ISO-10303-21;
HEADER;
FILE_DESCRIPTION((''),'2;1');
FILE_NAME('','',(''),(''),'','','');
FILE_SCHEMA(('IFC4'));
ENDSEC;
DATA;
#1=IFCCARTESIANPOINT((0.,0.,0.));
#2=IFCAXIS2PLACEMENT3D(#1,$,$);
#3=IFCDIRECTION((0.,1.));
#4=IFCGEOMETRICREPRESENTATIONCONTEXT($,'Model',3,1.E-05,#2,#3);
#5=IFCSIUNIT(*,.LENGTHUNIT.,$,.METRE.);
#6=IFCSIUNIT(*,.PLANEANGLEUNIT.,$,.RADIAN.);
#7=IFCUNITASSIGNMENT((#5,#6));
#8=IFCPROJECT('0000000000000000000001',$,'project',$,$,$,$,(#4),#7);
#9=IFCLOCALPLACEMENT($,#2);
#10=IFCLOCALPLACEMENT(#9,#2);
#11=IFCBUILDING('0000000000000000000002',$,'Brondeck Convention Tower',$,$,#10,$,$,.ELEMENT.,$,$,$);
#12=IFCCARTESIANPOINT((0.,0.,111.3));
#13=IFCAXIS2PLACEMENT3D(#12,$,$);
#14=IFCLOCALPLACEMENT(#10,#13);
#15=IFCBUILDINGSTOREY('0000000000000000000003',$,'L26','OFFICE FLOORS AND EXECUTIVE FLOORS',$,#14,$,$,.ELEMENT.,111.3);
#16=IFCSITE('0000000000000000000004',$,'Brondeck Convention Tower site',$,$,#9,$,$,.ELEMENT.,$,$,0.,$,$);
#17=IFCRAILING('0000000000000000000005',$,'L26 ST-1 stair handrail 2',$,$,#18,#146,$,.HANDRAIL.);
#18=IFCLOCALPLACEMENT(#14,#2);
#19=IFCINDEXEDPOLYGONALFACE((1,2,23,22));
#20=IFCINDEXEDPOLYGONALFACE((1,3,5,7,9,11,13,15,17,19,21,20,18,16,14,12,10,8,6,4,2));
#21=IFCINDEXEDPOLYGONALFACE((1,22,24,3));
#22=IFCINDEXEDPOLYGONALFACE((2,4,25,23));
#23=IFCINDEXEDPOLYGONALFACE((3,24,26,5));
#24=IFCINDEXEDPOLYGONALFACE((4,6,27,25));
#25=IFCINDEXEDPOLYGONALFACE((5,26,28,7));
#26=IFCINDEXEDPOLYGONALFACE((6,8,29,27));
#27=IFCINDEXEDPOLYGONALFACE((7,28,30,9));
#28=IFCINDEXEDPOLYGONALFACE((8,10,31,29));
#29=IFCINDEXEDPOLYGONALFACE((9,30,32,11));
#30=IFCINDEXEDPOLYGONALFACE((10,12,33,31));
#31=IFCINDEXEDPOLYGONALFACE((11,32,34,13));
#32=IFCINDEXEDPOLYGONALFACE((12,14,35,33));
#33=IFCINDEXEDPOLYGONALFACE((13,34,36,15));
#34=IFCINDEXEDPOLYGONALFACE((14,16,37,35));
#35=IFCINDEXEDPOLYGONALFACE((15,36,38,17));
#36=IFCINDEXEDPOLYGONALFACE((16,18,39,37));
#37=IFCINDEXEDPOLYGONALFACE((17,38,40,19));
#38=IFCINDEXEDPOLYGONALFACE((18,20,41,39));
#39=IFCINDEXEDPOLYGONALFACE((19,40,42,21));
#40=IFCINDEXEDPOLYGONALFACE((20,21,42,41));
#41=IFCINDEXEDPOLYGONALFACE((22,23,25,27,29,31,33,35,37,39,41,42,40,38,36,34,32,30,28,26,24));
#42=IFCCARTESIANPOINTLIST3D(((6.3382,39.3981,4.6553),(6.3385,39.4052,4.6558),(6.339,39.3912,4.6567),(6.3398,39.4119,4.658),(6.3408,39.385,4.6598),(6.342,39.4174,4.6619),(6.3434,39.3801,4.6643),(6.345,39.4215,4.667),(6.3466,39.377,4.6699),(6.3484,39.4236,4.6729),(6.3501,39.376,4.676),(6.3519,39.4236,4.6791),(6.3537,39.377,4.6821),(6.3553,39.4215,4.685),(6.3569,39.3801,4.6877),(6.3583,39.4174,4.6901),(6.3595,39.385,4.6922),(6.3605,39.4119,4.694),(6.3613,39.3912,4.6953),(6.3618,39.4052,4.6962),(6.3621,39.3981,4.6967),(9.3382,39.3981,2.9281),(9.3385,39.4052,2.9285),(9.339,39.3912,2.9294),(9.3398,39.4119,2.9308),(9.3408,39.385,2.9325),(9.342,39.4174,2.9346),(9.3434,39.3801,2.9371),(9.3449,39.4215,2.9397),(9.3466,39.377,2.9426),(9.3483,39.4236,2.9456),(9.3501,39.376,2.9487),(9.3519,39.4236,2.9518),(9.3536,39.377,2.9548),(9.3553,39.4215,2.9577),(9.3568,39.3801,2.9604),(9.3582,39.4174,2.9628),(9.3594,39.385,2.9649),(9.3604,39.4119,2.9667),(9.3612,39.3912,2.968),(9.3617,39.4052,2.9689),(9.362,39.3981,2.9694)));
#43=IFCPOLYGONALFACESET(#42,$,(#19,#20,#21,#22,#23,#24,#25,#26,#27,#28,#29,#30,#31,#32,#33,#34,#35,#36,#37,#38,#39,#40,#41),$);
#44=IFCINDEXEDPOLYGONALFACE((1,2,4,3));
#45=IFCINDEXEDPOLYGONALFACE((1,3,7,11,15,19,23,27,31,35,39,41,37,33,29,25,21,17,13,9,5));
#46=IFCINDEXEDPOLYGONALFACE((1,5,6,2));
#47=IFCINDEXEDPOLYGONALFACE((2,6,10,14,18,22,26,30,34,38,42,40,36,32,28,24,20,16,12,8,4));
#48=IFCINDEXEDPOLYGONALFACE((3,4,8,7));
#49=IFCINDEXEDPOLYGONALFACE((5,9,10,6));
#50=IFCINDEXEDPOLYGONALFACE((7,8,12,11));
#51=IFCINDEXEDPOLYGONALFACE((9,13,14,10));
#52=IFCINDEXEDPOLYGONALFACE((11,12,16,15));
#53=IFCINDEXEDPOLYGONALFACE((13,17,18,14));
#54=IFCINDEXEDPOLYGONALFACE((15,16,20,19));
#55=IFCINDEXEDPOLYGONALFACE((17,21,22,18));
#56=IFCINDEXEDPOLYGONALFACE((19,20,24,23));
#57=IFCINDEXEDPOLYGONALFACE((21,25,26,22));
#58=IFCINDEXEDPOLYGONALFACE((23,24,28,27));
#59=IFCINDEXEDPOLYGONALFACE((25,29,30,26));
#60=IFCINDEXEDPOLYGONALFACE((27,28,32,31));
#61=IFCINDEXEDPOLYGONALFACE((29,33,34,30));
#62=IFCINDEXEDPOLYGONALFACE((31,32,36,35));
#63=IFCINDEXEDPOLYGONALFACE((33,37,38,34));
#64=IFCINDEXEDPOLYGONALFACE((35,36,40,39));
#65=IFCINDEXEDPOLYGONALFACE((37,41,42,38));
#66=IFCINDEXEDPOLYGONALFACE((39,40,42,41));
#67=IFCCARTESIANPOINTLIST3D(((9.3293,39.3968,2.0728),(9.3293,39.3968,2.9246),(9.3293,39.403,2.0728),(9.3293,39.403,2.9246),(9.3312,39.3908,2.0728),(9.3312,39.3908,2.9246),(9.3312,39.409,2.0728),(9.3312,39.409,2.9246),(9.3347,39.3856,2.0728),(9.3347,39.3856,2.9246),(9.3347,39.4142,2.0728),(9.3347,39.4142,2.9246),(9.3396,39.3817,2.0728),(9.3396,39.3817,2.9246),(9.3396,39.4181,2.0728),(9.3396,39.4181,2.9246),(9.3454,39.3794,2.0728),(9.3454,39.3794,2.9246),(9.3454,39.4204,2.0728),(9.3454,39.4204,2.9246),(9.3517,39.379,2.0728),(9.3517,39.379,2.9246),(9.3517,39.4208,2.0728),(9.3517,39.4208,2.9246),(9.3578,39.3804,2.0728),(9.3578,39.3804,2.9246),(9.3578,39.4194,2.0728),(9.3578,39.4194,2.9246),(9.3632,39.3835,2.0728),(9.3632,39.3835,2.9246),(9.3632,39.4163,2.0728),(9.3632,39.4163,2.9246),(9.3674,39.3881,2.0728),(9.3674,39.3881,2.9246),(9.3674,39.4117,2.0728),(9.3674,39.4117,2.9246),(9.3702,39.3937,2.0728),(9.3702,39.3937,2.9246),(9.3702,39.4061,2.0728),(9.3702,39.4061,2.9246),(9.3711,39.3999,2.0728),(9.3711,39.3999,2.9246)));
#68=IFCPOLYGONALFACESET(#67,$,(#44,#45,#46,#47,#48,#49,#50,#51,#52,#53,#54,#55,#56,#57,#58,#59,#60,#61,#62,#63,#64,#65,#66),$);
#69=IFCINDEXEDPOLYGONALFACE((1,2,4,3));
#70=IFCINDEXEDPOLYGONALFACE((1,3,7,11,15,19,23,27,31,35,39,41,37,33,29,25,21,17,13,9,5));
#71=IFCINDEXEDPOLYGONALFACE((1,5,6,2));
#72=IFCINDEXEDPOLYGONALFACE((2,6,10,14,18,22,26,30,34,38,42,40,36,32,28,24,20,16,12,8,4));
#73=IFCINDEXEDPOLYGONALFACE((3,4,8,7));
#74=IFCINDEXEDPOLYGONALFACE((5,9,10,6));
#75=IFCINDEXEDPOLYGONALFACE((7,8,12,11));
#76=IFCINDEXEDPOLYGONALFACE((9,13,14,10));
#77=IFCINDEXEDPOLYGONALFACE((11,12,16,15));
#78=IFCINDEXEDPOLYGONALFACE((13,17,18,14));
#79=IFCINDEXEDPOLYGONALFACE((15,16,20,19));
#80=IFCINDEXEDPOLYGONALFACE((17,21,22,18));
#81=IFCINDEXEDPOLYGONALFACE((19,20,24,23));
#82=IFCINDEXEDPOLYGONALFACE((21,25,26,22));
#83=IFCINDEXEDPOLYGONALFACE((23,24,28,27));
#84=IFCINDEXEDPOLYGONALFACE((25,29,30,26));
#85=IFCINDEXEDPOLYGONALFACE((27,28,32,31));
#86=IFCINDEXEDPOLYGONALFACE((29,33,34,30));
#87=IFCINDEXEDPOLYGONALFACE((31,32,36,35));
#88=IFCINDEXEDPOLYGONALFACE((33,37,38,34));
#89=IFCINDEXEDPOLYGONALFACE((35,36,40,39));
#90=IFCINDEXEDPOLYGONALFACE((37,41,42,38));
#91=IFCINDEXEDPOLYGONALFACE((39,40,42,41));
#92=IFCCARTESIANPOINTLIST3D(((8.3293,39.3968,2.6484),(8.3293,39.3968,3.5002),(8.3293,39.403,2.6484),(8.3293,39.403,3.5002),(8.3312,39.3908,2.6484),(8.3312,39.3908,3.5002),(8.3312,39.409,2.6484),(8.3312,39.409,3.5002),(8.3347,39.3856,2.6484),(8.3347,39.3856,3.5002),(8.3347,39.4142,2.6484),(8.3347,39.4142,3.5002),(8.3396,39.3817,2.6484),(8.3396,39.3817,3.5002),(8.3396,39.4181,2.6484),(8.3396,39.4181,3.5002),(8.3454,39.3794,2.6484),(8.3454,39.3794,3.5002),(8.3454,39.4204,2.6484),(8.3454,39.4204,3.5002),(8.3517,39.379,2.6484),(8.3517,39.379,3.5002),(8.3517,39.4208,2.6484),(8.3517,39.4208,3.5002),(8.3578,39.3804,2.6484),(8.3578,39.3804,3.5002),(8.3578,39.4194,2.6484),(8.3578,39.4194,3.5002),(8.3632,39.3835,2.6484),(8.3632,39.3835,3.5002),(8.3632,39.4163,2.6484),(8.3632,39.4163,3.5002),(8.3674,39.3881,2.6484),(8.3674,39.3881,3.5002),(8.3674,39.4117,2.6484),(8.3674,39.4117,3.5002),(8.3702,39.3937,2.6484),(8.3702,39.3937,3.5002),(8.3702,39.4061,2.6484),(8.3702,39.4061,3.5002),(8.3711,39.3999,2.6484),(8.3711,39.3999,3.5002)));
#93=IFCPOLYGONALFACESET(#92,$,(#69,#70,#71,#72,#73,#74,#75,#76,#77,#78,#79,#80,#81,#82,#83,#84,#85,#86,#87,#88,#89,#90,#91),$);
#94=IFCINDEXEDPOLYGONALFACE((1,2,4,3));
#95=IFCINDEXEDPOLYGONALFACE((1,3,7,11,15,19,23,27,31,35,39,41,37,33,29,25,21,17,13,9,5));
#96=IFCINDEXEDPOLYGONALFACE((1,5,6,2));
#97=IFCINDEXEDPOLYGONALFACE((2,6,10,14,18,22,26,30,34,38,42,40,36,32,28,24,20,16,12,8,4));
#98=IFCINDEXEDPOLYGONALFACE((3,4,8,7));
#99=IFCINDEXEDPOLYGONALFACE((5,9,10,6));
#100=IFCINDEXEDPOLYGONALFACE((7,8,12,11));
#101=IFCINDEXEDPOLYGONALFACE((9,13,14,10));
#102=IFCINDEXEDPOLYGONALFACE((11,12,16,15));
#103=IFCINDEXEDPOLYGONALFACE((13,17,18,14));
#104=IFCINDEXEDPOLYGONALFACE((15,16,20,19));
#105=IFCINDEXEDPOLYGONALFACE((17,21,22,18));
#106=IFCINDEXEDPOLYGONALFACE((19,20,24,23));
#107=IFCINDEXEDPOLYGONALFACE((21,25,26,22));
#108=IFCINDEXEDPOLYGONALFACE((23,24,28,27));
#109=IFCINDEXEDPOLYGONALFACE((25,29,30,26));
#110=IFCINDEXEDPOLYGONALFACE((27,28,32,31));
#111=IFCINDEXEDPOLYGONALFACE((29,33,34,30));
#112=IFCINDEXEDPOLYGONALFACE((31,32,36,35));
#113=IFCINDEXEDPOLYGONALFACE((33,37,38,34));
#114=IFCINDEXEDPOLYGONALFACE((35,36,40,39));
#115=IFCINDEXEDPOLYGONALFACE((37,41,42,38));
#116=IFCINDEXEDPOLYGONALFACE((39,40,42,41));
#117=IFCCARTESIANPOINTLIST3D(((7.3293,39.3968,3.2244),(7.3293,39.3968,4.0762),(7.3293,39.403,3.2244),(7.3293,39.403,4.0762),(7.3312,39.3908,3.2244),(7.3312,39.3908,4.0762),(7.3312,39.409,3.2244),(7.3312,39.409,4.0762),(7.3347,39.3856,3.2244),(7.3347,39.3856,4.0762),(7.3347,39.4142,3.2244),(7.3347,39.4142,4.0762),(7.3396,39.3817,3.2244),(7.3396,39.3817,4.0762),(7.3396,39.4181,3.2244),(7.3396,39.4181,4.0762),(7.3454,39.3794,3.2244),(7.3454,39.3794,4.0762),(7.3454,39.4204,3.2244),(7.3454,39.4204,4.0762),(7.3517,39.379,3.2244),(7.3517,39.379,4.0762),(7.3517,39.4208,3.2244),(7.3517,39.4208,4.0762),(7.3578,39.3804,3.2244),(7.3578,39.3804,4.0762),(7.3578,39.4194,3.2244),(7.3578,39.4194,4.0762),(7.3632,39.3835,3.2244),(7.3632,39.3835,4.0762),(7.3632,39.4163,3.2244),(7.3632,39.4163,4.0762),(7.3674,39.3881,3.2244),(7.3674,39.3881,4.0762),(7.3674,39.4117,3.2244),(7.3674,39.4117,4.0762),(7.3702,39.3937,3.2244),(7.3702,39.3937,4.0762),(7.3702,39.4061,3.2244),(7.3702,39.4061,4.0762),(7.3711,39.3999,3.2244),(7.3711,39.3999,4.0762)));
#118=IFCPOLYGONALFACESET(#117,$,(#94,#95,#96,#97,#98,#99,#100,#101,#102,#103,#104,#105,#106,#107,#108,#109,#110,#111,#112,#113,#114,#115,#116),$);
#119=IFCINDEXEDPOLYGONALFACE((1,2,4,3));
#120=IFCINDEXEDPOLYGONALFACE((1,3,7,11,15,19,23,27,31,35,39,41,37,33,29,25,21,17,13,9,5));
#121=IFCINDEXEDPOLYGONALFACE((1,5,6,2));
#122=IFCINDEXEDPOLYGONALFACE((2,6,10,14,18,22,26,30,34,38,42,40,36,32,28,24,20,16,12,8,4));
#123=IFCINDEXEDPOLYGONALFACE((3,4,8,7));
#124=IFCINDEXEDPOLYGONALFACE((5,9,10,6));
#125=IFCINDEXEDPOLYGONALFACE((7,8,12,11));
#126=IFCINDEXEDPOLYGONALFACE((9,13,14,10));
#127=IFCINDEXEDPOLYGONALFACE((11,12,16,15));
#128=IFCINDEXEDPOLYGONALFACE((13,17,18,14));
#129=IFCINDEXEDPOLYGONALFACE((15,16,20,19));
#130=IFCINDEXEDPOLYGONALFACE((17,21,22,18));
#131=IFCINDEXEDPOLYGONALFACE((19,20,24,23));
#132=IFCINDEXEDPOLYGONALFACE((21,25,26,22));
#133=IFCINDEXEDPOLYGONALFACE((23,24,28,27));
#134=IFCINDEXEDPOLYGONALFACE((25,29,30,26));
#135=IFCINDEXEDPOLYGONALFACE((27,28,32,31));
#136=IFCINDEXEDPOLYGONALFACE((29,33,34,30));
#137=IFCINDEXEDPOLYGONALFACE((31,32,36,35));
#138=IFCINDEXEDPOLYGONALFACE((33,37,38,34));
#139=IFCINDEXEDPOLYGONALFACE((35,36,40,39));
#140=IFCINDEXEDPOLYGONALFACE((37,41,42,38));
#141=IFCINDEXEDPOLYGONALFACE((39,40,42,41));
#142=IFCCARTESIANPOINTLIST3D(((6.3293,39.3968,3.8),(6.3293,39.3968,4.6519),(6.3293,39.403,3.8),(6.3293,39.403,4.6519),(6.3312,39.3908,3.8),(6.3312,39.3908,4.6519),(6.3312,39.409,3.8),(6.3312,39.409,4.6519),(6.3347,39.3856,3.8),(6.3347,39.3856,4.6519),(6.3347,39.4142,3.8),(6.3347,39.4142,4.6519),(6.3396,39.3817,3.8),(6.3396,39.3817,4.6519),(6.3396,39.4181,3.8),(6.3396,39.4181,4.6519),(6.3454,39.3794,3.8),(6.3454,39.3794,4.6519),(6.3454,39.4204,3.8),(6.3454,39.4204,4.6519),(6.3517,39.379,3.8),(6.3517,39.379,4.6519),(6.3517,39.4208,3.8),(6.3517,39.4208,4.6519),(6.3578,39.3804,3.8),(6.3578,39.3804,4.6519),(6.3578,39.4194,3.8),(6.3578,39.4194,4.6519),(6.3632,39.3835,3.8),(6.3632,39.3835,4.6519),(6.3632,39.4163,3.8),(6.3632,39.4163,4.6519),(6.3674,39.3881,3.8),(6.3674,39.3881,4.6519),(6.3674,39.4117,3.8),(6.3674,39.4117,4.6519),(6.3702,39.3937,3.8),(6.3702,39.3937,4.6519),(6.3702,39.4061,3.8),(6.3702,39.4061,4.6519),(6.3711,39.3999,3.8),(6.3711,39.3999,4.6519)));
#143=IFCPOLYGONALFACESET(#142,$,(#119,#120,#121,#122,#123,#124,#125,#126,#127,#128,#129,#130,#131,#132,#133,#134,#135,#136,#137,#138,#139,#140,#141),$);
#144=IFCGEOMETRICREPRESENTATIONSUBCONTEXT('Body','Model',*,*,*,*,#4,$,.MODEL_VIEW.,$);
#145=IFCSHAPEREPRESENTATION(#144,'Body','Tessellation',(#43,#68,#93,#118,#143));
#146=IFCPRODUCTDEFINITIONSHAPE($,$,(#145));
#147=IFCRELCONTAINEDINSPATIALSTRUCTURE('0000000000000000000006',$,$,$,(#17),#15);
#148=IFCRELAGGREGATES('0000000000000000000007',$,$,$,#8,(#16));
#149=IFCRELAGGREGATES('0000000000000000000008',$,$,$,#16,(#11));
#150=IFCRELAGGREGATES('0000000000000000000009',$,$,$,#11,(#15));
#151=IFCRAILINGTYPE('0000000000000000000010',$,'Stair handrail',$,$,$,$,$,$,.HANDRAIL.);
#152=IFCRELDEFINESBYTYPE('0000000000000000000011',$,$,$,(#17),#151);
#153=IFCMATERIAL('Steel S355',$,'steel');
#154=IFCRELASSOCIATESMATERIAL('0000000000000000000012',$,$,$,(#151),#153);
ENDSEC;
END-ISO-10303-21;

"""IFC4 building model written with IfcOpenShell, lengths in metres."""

from ifc_helpers import new_model, si_unit, direction, frame, origin, origin_2d, place, context, subcontext, project, spatial, circle, extrude, material, type_object, element, save


model = new_model("IFC4")

# Units and contexts
model_context = context("Model", 3, precision=1e-05, world=origin(), true_north=direction((0.0, 1.0)))
body_context = subcontext(model_context, "Body", "Model", "MODEL_VIEW")
ifc_project = project(units=[si_unit("LENGTHUNIT", "METRE"), si_unit("PLANEANGLEUNIT", "RADIAN")], contexts=[model_context])

# Site, building, storey
site_placement = place(None, origin())
site = spatial("IfcSite", under=ifc_project, at=site_placement, Name="Brondeck Convention Tower site", CompositionType="ELEMENT", RefElevation=0.0)
building_placement = place(site_placement, origin())
building = spatial("IfcBuilding", under=site, at=building_placement, Name="Brondeck Convention Tower", CompositionType="ELEMENT")
storey_placement = place(building_placement, frame((0.0, 0.0, 111.3)))
storey = spatial("IfcBuildingStorey", under=building, at=storey_placement, Name="L26", Description="OFFICE FLOORS AND EXECUTIVE FLOORS", CompositionType="ELEMENT", Elevation=111.3)

# Railing
ifc_material_1 = material(Name="Steel S355", Category="steel")
railing_type = type_object("IfcRailingType", Name="Stair handrail", PredefinedType="HANDRAIL", material=ifc_material_1)
railing_placement = place(storey_placement, frame((9.3501, 39.3999, 2.0728)))
element("IfcRailing", 1, at=railing_placement, inside=storey, type_object=railing_type, Name="L26 ST-1 stair handrail 2", PredefinedType="HANDRAIL", context=body_context, shape_type="SweptSolid", body=[
    extrude(circle(Radius=0.0239, at=origin_2d()), frame((0.0, 0.0, 0.876), z_axis=(-0.86662, 0.0, 0.498969), x_axis=(0.0, -1.0, 0.0)), (0.0, 0.0, 1.0), 3.4617),
    extrude(circle(Radius=0.021, at=origin_2d()), origin(), (0.0, 0.0, 1.0), 0.8518),
    extrude(circle(Radius=0.021, at=origin_2d()), frame((-1.0, 0.0, 0.5757)), (0.0, 0.0, 1.0), 0.8518),
    extrude(circle(Radius=0.021, at=origin_2d()), frame((-2.0, 0.0, 1.1516)), (0.0, 0.0, 1.0), 0.8518),
    extrude(circle(Radius=0.021, at=origin_2d()), frame((-3.0, 0.0, 1.7273)), (0.0, 0.0, 1.0), 0.8518),
])

save(model, "model.ifc")
